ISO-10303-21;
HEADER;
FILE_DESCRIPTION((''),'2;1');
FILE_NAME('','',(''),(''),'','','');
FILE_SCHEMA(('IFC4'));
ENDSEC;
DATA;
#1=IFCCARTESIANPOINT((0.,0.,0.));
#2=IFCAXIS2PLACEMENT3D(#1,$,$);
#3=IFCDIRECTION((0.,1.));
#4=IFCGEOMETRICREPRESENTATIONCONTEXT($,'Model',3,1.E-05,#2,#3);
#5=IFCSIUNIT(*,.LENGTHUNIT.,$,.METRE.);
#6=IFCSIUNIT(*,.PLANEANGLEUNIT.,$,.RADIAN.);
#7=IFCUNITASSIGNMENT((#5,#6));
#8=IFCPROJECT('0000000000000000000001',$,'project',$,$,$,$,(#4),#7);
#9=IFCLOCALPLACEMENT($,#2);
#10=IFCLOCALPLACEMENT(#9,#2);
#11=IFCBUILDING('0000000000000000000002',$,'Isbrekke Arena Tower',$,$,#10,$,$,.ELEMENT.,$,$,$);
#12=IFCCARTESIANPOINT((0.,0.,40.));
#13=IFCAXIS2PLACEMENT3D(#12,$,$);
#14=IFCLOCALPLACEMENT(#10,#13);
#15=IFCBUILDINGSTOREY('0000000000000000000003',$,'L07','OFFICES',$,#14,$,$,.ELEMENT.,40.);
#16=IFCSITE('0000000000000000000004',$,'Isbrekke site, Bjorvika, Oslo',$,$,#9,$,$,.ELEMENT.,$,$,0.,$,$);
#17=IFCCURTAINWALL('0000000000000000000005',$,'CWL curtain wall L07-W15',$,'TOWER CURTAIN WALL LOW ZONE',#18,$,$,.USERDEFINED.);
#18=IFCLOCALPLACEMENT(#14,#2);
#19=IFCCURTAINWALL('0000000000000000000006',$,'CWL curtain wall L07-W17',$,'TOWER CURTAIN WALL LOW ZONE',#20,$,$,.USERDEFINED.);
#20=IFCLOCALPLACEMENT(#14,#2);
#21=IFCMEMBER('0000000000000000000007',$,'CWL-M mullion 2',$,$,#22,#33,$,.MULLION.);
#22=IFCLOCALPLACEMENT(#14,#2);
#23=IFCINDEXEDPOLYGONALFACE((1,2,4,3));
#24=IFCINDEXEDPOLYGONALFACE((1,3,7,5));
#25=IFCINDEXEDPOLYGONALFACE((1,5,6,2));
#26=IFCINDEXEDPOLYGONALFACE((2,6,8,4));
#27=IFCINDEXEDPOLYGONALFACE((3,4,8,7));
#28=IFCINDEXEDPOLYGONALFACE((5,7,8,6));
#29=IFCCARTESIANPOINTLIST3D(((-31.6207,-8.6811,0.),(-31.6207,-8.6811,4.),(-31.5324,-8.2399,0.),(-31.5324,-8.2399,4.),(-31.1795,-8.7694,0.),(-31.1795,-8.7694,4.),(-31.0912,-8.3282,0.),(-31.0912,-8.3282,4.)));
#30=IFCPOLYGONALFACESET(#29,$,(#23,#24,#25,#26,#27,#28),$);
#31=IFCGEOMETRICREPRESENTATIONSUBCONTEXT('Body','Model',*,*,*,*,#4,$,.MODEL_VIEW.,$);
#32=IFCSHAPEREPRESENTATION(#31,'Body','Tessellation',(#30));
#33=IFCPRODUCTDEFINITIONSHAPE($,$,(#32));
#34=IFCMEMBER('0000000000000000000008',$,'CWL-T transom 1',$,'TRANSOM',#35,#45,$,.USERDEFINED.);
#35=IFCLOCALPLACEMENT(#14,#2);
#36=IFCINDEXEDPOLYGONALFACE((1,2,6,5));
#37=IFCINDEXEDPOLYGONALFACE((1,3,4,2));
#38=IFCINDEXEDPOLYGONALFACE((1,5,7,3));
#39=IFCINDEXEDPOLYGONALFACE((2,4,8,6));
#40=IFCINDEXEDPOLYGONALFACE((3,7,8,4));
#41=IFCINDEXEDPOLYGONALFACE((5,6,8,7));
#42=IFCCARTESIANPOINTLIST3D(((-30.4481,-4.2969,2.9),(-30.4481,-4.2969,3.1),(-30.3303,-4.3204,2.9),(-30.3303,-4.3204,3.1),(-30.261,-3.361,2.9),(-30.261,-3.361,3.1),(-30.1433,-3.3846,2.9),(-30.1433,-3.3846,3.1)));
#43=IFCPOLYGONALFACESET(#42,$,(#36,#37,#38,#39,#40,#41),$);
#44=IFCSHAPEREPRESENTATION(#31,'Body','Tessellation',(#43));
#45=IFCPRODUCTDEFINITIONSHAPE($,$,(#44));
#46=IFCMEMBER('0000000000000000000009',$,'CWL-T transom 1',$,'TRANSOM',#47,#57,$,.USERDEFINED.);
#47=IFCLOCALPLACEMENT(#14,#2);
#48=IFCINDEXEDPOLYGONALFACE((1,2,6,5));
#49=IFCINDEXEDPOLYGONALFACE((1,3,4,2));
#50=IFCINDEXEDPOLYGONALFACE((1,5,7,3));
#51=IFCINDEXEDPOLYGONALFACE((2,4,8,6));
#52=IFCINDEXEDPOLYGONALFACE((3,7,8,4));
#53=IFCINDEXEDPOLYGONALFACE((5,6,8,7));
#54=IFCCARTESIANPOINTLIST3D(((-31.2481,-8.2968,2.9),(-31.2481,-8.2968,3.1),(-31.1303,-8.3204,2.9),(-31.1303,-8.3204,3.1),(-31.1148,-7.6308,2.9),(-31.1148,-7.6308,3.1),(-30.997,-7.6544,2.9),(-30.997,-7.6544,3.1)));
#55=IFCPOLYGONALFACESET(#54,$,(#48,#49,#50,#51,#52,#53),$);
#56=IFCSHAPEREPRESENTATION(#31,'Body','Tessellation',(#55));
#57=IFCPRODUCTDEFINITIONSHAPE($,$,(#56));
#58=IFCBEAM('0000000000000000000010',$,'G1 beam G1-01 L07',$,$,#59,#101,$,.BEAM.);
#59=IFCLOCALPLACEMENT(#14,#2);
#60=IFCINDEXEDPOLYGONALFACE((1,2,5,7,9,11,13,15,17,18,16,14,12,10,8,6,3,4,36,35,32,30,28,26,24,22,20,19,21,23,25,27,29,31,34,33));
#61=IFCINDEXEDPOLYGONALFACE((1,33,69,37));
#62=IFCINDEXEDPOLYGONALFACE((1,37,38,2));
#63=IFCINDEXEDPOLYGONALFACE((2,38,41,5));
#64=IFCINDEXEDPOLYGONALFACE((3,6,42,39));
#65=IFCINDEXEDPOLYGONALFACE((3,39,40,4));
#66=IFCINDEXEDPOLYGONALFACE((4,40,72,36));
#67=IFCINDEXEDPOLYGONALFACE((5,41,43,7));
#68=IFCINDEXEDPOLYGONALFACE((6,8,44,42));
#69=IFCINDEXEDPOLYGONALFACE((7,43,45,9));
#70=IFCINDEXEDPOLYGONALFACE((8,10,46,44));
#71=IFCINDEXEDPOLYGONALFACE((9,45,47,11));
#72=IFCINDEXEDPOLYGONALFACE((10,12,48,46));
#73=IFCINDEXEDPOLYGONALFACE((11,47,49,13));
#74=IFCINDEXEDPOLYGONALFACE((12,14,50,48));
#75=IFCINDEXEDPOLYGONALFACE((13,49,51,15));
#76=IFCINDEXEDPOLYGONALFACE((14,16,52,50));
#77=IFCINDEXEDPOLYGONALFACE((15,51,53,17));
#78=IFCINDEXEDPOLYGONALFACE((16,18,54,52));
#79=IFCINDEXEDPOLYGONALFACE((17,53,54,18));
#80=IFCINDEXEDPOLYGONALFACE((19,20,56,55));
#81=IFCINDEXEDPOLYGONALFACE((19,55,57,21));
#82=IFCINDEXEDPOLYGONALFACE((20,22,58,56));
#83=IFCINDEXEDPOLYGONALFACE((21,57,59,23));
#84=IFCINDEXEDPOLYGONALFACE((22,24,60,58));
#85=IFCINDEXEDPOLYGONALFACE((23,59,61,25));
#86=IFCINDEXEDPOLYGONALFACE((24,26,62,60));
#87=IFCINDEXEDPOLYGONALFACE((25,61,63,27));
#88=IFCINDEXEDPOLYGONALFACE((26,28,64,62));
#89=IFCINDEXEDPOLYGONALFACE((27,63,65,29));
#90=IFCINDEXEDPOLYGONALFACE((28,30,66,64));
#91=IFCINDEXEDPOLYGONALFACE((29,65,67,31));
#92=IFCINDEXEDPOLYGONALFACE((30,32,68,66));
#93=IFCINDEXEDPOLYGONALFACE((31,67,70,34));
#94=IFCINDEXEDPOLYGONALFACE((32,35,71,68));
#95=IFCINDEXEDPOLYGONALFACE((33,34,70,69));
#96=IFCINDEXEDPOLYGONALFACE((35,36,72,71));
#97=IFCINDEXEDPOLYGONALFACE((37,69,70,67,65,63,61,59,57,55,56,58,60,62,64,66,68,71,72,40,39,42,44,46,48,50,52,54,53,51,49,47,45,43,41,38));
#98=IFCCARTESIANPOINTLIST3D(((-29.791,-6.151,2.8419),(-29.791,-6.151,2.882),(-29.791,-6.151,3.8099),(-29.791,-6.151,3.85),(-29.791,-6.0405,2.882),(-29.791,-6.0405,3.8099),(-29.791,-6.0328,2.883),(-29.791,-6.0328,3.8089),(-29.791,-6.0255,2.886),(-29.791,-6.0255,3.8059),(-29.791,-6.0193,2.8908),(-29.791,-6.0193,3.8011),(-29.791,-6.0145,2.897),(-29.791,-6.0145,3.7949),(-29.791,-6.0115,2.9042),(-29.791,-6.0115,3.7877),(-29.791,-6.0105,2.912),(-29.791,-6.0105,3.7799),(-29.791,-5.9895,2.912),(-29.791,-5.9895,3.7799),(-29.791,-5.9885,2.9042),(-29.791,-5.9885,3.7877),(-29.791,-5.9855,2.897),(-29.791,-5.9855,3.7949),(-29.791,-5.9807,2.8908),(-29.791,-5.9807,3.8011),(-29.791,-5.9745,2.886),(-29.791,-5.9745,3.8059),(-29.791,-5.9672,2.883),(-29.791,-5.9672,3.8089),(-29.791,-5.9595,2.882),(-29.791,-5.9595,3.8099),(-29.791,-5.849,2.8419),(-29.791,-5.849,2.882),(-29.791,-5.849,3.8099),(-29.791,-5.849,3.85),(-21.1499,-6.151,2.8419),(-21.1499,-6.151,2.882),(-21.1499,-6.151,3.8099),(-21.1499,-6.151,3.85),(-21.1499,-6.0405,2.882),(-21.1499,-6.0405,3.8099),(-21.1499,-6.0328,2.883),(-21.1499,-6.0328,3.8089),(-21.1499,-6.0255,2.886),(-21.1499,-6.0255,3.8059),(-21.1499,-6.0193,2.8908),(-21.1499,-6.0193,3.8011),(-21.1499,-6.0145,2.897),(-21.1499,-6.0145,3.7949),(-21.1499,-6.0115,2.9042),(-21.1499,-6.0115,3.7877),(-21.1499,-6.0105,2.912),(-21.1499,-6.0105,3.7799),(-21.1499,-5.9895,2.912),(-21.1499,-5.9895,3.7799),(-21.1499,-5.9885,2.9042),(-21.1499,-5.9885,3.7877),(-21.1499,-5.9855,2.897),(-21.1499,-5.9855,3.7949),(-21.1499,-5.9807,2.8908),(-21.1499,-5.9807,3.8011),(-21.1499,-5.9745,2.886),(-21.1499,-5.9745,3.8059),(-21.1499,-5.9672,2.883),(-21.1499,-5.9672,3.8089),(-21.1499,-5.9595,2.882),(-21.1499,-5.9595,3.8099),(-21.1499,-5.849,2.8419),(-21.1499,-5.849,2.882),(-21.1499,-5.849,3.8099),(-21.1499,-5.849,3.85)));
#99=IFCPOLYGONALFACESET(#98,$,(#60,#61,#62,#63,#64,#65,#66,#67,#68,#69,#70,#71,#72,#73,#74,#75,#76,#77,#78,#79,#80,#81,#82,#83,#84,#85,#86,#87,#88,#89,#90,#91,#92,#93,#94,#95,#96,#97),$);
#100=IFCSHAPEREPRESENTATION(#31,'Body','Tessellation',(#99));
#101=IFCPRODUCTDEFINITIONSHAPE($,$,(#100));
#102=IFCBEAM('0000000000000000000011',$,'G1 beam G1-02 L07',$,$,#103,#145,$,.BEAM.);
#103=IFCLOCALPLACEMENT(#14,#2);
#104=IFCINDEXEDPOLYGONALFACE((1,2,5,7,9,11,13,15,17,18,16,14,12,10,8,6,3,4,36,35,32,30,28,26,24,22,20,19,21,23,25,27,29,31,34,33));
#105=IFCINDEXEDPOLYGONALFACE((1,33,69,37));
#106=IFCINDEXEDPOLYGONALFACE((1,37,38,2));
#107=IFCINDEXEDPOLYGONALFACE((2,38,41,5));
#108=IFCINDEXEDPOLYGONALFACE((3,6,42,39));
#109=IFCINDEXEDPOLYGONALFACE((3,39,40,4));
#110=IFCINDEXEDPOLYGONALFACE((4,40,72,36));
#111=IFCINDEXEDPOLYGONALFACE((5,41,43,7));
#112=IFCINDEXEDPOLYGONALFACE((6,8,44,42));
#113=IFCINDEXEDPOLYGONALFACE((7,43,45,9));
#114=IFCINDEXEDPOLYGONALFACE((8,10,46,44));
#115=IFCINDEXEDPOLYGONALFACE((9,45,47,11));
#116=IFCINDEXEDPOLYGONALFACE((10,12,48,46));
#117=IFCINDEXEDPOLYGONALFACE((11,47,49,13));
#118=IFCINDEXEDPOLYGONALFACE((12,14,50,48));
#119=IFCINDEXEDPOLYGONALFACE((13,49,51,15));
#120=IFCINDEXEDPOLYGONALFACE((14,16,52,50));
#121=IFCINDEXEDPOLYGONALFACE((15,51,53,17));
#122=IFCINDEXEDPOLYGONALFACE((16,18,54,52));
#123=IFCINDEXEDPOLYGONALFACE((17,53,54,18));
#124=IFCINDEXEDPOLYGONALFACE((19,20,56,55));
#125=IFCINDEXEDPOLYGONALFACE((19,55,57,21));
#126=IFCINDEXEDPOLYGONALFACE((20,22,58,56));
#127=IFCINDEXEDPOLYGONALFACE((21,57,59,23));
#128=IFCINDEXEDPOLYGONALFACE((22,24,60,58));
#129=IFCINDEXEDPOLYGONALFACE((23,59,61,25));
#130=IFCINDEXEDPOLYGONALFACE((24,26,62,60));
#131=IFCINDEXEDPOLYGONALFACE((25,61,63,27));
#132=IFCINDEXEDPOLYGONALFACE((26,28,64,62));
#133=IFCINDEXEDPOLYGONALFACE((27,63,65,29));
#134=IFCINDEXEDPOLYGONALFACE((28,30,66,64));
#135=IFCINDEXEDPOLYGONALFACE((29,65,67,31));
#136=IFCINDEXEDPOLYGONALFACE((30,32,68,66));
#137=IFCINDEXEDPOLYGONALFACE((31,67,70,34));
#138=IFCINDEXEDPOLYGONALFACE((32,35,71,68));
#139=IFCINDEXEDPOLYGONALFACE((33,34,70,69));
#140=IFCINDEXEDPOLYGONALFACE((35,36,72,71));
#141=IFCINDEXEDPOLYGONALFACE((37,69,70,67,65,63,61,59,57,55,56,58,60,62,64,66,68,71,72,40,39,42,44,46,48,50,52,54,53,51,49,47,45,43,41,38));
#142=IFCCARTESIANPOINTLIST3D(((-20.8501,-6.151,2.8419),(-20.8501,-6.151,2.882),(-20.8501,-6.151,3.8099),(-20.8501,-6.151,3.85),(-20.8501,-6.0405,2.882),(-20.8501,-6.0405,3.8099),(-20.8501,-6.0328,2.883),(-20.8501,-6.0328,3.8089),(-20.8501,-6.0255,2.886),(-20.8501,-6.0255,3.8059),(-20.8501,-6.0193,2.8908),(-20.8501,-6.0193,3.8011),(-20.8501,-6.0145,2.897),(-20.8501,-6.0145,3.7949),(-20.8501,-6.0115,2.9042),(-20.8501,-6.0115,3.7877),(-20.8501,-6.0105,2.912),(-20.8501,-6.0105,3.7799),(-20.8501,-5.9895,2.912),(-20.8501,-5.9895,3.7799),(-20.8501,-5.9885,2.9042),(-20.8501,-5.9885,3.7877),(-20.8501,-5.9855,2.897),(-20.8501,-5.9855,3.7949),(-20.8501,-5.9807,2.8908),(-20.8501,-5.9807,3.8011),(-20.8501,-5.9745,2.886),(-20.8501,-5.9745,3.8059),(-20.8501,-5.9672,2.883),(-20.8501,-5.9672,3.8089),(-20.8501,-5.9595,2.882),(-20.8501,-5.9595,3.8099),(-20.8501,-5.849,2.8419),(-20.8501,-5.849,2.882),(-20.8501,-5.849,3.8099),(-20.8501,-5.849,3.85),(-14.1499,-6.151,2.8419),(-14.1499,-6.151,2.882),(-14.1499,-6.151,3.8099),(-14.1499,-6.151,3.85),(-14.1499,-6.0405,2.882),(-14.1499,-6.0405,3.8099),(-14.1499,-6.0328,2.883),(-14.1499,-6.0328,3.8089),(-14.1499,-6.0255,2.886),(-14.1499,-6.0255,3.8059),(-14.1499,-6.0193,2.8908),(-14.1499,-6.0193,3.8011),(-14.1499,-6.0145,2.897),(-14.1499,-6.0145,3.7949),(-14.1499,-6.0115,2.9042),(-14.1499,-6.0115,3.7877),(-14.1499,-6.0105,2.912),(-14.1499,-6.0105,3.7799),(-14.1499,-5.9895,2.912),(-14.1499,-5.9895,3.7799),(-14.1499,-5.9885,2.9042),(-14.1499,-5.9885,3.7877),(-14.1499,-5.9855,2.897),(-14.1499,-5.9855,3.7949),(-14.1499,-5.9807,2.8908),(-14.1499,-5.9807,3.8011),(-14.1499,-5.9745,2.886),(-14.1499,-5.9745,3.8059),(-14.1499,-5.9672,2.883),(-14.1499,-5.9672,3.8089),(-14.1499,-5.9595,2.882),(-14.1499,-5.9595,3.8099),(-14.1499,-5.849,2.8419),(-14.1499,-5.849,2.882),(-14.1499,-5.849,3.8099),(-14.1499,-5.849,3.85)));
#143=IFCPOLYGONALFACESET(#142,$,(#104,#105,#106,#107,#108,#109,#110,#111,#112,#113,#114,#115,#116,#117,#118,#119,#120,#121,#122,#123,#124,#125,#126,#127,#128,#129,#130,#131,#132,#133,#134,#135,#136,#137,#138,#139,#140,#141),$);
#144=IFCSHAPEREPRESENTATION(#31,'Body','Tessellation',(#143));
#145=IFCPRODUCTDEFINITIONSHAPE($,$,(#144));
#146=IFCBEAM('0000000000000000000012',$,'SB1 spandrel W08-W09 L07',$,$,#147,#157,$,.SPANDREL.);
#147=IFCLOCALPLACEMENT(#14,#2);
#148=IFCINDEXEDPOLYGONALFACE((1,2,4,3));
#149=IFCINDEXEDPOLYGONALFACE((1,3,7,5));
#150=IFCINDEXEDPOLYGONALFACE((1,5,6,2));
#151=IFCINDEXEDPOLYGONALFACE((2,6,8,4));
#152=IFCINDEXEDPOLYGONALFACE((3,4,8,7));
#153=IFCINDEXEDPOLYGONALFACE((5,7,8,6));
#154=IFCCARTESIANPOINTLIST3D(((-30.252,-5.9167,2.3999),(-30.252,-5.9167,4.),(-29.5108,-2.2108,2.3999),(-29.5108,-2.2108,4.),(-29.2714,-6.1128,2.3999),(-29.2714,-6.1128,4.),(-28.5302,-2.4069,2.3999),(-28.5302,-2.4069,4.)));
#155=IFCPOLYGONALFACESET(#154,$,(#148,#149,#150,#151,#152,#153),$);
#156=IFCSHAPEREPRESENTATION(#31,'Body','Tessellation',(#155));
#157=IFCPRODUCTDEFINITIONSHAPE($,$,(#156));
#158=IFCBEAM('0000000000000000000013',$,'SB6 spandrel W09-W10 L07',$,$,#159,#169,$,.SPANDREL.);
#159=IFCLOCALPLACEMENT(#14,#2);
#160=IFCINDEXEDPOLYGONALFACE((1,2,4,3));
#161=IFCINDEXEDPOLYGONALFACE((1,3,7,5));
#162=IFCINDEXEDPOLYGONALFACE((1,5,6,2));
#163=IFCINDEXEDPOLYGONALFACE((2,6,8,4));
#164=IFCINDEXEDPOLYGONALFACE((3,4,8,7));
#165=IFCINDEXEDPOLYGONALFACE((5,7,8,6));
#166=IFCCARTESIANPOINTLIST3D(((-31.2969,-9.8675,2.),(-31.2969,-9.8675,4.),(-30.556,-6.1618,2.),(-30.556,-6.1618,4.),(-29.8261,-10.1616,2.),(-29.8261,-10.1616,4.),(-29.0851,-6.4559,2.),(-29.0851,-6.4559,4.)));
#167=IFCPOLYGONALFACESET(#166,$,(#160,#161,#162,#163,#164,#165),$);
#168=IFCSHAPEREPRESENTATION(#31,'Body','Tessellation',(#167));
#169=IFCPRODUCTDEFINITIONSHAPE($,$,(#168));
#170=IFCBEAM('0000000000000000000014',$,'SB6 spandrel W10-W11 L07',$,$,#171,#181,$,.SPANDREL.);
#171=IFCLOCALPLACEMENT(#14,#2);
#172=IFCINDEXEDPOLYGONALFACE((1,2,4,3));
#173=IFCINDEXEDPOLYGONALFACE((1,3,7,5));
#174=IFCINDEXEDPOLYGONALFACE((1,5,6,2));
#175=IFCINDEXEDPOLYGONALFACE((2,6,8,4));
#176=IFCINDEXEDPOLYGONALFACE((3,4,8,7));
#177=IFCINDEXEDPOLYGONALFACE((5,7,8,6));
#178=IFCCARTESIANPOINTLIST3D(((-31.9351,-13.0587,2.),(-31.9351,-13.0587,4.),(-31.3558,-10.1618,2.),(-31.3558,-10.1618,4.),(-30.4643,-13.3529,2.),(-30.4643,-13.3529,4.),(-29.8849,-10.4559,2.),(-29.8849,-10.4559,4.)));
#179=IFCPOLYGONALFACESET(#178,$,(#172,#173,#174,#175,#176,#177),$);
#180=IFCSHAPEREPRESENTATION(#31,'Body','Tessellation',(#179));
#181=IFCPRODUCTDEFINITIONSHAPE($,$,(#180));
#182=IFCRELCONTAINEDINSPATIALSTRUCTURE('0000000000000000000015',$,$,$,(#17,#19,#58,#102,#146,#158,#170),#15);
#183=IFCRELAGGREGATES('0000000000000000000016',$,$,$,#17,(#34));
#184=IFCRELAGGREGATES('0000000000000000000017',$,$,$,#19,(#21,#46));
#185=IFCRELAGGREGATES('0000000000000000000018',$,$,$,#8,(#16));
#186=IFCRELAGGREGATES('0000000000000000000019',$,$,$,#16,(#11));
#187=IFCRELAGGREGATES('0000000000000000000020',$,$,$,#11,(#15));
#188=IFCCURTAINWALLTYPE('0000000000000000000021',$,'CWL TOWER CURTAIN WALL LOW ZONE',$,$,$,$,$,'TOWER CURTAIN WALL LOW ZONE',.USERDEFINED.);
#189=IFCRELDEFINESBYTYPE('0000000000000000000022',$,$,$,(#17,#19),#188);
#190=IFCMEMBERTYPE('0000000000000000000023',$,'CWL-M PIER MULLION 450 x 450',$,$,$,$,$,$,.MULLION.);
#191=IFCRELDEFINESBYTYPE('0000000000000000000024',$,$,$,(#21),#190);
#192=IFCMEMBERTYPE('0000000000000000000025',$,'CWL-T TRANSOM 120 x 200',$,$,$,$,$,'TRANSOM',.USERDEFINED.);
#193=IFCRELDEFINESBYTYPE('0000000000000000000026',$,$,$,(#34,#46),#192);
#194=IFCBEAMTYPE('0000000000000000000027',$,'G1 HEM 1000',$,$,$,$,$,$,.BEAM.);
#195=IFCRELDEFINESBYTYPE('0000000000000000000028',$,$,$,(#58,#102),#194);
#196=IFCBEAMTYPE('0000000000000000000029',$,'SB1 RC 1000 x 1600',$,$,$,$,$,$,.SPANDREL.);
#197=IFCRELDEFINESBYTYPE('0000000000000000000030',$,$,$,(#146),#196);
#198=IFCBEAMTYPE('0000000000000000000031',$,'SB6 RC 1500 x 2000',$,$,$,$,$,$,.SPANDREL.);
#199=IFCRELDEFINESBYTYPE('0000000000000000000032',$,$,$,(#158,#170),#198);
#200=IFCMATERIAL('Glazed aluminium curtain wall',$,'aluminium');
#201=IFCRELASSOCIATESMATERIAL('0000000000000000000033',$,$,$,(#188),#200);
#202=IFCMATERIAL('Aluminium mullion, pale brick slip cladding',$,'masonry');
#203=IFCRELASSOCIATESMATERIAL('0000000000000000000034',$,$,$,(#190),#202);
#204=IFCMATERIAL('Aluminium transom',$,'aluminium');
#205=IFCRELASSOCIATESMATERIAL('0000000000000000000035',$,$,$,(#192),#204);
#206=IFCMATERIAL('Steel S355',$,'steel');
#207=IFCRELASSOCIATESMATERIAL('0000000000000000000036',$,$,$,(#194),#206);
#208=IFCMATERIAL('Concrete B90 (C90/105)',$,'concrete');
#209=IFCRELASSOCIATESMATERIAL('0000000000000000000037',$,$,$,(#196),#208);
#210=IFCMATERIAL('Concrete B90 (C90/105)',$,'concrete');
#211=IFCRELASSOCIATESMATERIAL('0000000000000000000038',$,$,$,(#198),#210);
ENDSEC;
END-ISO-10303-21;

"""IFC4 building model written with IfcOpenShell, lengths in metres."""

from ifc_helpers import new_model, si_unit, direction, frame, origin, origin_2d, place, context, subcontext, project, spatial, rectangle, i_section, extrude, material, material_profile, profile_set, type_object, element, aggregate, save


model = new_model("IFC4")

# Units and contexts
model_context = context("Model", 3, precision=1e-05, world=origin(), true_north=direction((0.0, 1.0)))
body_context = subcontext(model_context, "Body", "Model", "MODEL_VIEW")
ifc_project = project(units=[si_unit("LENGTHUNIT", "METRE"), si_unit("PLANEANGLEUNIT", "RADIAN")], contexts=[model_context])

# Site, building, storey
site_placement = place(None, origin())
site = spatial("IfcSite", under=ifc_project, at=site_placement, Name="Isbrekke site, Bjorvika, Oslo", CompositionType="ELEMENT", RefElevation=0.0)
building_placement = place(site_placement, origin())
building = spatial("IfcBuilding", under=site, at=building_placement, Name="Isbrekke Arena Tower", CompositionType="ELEMENT")
storey_placement = place(building_placement, frame((0.0, 0.0, 40.0)))
storey = spatial("IfcBuildingStorey", under=building, at=storey_placement, Name="L07", Description="OFFICES", CompositionType="ELEMENT", Elevation=40.0)

# Curtain walls, member
ifc_material_1 = material(Name="Glazed aluminium curtain wall", Category="aluminium")
curtain_wall_type = type_object("IfcCurtainWallType", Name="CWL TOWER CURTAIN WALL LOW ZONE", ElementType="TOWER CURTAIN WALL LOW ZONE", PredefinedType="USERDEFINED", material=ifc_material_1)
curtain_wall_1_placement = place(storey_placement, origin())
curtain_wall_1 = element("IfcCurtainWall", 1, at=curtain_wall_1_placement, inside=storey, type_object=curtain_wall_type, Name="CWL curtain wall L07-W15", ObjectType="TOWER CURTAIN WALL LOW ZONE", PredefinedType="USERDEFINED")
ifc_material_2 = material(Name="Aluminium mullion, pale brick slip cladding", Category="masonry")
ifc_material_profile_1 = material_profile(ifc_material_2, rectangle(XDim=0.45, YDim=0.45, at=origin_2d()), Name="PIER 450X450")
ifc_profile_set_1 = profile_set([ifc_material_profile_1], Name="Aluminium mullion, pale brick slip cladding")
member_type_1 = type_object("IfcMemberType", Name="CWL-M PIER MULLION 450 x 450", PredefinedType="MULLION", material=ifc_profile_set_1)
curtain_wall_2_placement = place(storey_placement, origin())
curtain_wall_2 = element("IfcCurtainWall", 2, at=curtain_wall_2_placement, inside=storey, type_object=curtain_wall_type, Name="CWL curtain wall L07-W17", ObjectType="TOWER CURTAIN WALL LOW ZONE", PredefinedType="USERDEFINED")
member_1_placement = place(storey_placement, frame((-31.356, -8.5046, 0.0), z_axis=(0.0, 0.0, 1.0), x_axis=(-0.196116, -0.980581, 0.0)))
member_1 = element("IfcMember", 3, at=member_1_placement, type_object=member_type_1, Name="CWL-M mullion 2", PredefinedType="MULLION", context=body_context, shape_type="SweptSolid", body=[
    extrude(rectangle(XDim=0.45, YDim=0.45, at=origin_2d()), origin(), (0.0, 0.0, 1.0), 4.0),
])

# Members
ifc_material_3 = material(Name="Aluminium transom", Category="aluminium")
ifc_material_profile_2 = material_profile(ifc_material_3, rectangle(XDim=0.1201, YDim=0.2, at=origin_2d()), Name="TRANSOM 120X200")
ifc_profile_set_2 = profile_set([ifc_material_profile_2], Name="Aluminium transom")
member_type_2 = type_object("IfcMemberType", Name="CWL-T TRANSOM 120 x 200", ElementType="TRANSOM", PredefinedType="USERDEFINED", material=ifc_profile_set_2)
member_2_placement = place(storey_placement, frame((-30.2021, -3.3728, 3.0), z_axis=(-0.195969, -0.98061, 0.0), x_axis=(0.98061, -0.195969, 0.0)))
member_2 = element("IfcMember", 4, at=member_2_placement, type_object=member_type_2, Name="CWL-T transom 1", ObjectType="TRANSOM", PredefinedType="USERDEFINED", context=body_context, shape_type="SweptSolid", body=[
    extrude(rectangle(XDim=0.1201, YDim=0.2, at=origin_2d()), origin(), (0.0, 0.0, 1.0), 0.9543),
])
member_3_placement = place(storey_placement, frame((-31.0559, -7.6426, 3.0), z_axis=(-0.196254, -0.980553, 0.0), x_axis=(0.980553, -0.196254, 0.0)))
member_3 = element("IfcMember", 5, at=member_3_placement, type_object=member_type_2, Name="CWL-T transom 1", ObjectType="TRANSOM", PredefinedType="USERDEFINED", context=body_context, shape_type="SweptSolid", body=[
    extrude(rectangle(XDim=0.1201, YDim=0.2, at=origin_2d()), origin(), (0.0, 0.0, 1.0), 0.6792),
])

# Beams
ifc_material_4 = material(Name="Steel S355", Category="steel")
ifc_material_profile_3 = material_profile(ifc_material_4, i_section(OverallWidth=0.302, OverallDepth=1.0081, WebThickness=0.021, FlangeThickness=0.04, FilletRadius=0.03, at=origin_2d()), Name="HEM 1000")
ifc_profile_set_3 = profile_set([ifc_material_profile_3], Name="Steel S355")
beam_type_1 = type_object("IfcBeamType", Name="G1 HEM 1000", PredefinedType="BEAM", material=ifc_profile_set_3)
beam_1_placement = place(storey_placement, frame((-29.791, -6.0, 3.3459), z_axis=(1.0, 0.0, 0.0), x_axis=(0.0, 1.0, 0.0)))
element("IfcBeam", 6, at=beam_1_placement, inside=storey, type_object=beam_type_1, Name="G1 beam G1-01 L07", PredefinedType="BEAM", context=body_context, shape_type="SweptSolid", body=[
    extrude(i_section(OverallWidth=0.302, OverallDepth=1.0081, WebThickness=0.021, FlangeThickness=0.04, FilletRadius=0.03, at=origin_2d()), origin(), (0.0, 0.0, 1.0), 8.6411),
])
beam_2_placement = place(storey_placement, frame((-20.8501, -6.0, 3.3459), z_axis=(1.0, 0.0, 0.0), x_axis=(0.0, 1.0, 0.0)))
element("IfcBeam", 7, at=beam_2_placement, inside=storey, type_object=beam_type_1, Name="G1 beam G1-02 L07", PredefinedType="BEAM", context=body_context, shape_type="SweptSolid", body=[
    extrude(i_section(OverallWidth=0.302, OverallDepth=1.0081, WebThickness=0.021, FlangeThickness=0.04, FilletRadius=0.03, at=origin_2d()), origin(), (0.0, 0.0, 1.0), 6.7002),
])
ifc_material_5 = material(Name="Concrete B90 (C90/105)", Category="concrete")
ifc_material_profile_4 = material_profile(ifc_material_5, rectangle(XDim=1.0, YDim=1.6001, at=origin_2d()), Name="RC 1000x1600")
ifc_profile_set_4 = profile_set([ifc_material_profile_4], Name="Concrete B90 (C90/105)")
beam_type_2 = type_object("IfcBeamType", Name="SB1 RC 1000 x 1600", PredefinedType="SPANDREL", material=ifc_profile_set_4)
beam_3_placement = place(storey_placement, frame((-29.0205, -2.3088, 3.2), z_axis=(-0.196129, -0.980578, 0.0), x_axis=(0.980578, -0.196129, 0.0)))
element("IfcBeam", 8, at=beam_3_placement, inside=storey, type_object=beam_type_2, Name="SB1 spandrel W08-W09 L07", PredefinedType="SPANDREL", context=body_context, shape_type="SweptSolid", body=[
    extrude(rectangle(XDim=1.0, YDim=1.6001, at=origin_2d()), origin(), (0.0, 0.0, 1.0), 3.7793),
])
ifc_material_6 = material(Name="Concrete B90 (C90/105)", Category="concrete")
ifc_material_profile_5 = material_profile(ifc_material_6, rectangle(XDim=1.5, YDim=2.0, at=origin_2d()), Name="RC 1500x2000")
ifc_profile_set_5 = profile_set([ifc_material_profile_5], Name="Concrete B90 (C90/105)")
beam_type_3 = type_object("IfcBeamType", Name="SB6 RC 1500 x 2000", PredefinedType="SPANDREL", material=ifc_profile_set_5)
beam_4_placement = place(storey_placement, frame((-29.8206, -6.3088, 3.0), z_axis=(-0.196066, -0.980591, 0.0), x_axis=(0.980591, -0.196066, 0.0)))
element("IfcBeam", 9, at=beam_4_placement, inside=storey, type_object=beam_type_3, Name="SB6 spandrel W09-W10 L07", PredefinedType="SPANDREL", context=body_context, shape_type="SweptSolid", body=[
    extrude(rectangle(XDim=1.5, YDim=2.0, at=origin_2d()), origin(), (0.0, 0.0, 1.0), 3.7791),
])
beam_5_placement = place(storey_placement, frame((-30.6204, -10.3088, 3.0), z_axis=(-0.1961, -0.980584, 0.0), x_axis=(0.980584, -0.1961, 0.0)))
element("IfcBeam", 10, at=beam_5_placement, inside=storey, type_object=beam_type_3, Name="SB6 spandrel W10-W11 L07", PredefinedType="SPANDREL", context=body_context, shape_type="SweptSolid", body=[
    extrude(rectangle(XDim=1.5, YDim=2.0, at=origin_2d()), origin(), (0.0, 0.0, 1.0), 2.9543),
])

aggregate(curtain_wall_1, [member_2])
aggregate(curtain_wall_2, [member_1, member_3])

save(model, "model.ifc")
